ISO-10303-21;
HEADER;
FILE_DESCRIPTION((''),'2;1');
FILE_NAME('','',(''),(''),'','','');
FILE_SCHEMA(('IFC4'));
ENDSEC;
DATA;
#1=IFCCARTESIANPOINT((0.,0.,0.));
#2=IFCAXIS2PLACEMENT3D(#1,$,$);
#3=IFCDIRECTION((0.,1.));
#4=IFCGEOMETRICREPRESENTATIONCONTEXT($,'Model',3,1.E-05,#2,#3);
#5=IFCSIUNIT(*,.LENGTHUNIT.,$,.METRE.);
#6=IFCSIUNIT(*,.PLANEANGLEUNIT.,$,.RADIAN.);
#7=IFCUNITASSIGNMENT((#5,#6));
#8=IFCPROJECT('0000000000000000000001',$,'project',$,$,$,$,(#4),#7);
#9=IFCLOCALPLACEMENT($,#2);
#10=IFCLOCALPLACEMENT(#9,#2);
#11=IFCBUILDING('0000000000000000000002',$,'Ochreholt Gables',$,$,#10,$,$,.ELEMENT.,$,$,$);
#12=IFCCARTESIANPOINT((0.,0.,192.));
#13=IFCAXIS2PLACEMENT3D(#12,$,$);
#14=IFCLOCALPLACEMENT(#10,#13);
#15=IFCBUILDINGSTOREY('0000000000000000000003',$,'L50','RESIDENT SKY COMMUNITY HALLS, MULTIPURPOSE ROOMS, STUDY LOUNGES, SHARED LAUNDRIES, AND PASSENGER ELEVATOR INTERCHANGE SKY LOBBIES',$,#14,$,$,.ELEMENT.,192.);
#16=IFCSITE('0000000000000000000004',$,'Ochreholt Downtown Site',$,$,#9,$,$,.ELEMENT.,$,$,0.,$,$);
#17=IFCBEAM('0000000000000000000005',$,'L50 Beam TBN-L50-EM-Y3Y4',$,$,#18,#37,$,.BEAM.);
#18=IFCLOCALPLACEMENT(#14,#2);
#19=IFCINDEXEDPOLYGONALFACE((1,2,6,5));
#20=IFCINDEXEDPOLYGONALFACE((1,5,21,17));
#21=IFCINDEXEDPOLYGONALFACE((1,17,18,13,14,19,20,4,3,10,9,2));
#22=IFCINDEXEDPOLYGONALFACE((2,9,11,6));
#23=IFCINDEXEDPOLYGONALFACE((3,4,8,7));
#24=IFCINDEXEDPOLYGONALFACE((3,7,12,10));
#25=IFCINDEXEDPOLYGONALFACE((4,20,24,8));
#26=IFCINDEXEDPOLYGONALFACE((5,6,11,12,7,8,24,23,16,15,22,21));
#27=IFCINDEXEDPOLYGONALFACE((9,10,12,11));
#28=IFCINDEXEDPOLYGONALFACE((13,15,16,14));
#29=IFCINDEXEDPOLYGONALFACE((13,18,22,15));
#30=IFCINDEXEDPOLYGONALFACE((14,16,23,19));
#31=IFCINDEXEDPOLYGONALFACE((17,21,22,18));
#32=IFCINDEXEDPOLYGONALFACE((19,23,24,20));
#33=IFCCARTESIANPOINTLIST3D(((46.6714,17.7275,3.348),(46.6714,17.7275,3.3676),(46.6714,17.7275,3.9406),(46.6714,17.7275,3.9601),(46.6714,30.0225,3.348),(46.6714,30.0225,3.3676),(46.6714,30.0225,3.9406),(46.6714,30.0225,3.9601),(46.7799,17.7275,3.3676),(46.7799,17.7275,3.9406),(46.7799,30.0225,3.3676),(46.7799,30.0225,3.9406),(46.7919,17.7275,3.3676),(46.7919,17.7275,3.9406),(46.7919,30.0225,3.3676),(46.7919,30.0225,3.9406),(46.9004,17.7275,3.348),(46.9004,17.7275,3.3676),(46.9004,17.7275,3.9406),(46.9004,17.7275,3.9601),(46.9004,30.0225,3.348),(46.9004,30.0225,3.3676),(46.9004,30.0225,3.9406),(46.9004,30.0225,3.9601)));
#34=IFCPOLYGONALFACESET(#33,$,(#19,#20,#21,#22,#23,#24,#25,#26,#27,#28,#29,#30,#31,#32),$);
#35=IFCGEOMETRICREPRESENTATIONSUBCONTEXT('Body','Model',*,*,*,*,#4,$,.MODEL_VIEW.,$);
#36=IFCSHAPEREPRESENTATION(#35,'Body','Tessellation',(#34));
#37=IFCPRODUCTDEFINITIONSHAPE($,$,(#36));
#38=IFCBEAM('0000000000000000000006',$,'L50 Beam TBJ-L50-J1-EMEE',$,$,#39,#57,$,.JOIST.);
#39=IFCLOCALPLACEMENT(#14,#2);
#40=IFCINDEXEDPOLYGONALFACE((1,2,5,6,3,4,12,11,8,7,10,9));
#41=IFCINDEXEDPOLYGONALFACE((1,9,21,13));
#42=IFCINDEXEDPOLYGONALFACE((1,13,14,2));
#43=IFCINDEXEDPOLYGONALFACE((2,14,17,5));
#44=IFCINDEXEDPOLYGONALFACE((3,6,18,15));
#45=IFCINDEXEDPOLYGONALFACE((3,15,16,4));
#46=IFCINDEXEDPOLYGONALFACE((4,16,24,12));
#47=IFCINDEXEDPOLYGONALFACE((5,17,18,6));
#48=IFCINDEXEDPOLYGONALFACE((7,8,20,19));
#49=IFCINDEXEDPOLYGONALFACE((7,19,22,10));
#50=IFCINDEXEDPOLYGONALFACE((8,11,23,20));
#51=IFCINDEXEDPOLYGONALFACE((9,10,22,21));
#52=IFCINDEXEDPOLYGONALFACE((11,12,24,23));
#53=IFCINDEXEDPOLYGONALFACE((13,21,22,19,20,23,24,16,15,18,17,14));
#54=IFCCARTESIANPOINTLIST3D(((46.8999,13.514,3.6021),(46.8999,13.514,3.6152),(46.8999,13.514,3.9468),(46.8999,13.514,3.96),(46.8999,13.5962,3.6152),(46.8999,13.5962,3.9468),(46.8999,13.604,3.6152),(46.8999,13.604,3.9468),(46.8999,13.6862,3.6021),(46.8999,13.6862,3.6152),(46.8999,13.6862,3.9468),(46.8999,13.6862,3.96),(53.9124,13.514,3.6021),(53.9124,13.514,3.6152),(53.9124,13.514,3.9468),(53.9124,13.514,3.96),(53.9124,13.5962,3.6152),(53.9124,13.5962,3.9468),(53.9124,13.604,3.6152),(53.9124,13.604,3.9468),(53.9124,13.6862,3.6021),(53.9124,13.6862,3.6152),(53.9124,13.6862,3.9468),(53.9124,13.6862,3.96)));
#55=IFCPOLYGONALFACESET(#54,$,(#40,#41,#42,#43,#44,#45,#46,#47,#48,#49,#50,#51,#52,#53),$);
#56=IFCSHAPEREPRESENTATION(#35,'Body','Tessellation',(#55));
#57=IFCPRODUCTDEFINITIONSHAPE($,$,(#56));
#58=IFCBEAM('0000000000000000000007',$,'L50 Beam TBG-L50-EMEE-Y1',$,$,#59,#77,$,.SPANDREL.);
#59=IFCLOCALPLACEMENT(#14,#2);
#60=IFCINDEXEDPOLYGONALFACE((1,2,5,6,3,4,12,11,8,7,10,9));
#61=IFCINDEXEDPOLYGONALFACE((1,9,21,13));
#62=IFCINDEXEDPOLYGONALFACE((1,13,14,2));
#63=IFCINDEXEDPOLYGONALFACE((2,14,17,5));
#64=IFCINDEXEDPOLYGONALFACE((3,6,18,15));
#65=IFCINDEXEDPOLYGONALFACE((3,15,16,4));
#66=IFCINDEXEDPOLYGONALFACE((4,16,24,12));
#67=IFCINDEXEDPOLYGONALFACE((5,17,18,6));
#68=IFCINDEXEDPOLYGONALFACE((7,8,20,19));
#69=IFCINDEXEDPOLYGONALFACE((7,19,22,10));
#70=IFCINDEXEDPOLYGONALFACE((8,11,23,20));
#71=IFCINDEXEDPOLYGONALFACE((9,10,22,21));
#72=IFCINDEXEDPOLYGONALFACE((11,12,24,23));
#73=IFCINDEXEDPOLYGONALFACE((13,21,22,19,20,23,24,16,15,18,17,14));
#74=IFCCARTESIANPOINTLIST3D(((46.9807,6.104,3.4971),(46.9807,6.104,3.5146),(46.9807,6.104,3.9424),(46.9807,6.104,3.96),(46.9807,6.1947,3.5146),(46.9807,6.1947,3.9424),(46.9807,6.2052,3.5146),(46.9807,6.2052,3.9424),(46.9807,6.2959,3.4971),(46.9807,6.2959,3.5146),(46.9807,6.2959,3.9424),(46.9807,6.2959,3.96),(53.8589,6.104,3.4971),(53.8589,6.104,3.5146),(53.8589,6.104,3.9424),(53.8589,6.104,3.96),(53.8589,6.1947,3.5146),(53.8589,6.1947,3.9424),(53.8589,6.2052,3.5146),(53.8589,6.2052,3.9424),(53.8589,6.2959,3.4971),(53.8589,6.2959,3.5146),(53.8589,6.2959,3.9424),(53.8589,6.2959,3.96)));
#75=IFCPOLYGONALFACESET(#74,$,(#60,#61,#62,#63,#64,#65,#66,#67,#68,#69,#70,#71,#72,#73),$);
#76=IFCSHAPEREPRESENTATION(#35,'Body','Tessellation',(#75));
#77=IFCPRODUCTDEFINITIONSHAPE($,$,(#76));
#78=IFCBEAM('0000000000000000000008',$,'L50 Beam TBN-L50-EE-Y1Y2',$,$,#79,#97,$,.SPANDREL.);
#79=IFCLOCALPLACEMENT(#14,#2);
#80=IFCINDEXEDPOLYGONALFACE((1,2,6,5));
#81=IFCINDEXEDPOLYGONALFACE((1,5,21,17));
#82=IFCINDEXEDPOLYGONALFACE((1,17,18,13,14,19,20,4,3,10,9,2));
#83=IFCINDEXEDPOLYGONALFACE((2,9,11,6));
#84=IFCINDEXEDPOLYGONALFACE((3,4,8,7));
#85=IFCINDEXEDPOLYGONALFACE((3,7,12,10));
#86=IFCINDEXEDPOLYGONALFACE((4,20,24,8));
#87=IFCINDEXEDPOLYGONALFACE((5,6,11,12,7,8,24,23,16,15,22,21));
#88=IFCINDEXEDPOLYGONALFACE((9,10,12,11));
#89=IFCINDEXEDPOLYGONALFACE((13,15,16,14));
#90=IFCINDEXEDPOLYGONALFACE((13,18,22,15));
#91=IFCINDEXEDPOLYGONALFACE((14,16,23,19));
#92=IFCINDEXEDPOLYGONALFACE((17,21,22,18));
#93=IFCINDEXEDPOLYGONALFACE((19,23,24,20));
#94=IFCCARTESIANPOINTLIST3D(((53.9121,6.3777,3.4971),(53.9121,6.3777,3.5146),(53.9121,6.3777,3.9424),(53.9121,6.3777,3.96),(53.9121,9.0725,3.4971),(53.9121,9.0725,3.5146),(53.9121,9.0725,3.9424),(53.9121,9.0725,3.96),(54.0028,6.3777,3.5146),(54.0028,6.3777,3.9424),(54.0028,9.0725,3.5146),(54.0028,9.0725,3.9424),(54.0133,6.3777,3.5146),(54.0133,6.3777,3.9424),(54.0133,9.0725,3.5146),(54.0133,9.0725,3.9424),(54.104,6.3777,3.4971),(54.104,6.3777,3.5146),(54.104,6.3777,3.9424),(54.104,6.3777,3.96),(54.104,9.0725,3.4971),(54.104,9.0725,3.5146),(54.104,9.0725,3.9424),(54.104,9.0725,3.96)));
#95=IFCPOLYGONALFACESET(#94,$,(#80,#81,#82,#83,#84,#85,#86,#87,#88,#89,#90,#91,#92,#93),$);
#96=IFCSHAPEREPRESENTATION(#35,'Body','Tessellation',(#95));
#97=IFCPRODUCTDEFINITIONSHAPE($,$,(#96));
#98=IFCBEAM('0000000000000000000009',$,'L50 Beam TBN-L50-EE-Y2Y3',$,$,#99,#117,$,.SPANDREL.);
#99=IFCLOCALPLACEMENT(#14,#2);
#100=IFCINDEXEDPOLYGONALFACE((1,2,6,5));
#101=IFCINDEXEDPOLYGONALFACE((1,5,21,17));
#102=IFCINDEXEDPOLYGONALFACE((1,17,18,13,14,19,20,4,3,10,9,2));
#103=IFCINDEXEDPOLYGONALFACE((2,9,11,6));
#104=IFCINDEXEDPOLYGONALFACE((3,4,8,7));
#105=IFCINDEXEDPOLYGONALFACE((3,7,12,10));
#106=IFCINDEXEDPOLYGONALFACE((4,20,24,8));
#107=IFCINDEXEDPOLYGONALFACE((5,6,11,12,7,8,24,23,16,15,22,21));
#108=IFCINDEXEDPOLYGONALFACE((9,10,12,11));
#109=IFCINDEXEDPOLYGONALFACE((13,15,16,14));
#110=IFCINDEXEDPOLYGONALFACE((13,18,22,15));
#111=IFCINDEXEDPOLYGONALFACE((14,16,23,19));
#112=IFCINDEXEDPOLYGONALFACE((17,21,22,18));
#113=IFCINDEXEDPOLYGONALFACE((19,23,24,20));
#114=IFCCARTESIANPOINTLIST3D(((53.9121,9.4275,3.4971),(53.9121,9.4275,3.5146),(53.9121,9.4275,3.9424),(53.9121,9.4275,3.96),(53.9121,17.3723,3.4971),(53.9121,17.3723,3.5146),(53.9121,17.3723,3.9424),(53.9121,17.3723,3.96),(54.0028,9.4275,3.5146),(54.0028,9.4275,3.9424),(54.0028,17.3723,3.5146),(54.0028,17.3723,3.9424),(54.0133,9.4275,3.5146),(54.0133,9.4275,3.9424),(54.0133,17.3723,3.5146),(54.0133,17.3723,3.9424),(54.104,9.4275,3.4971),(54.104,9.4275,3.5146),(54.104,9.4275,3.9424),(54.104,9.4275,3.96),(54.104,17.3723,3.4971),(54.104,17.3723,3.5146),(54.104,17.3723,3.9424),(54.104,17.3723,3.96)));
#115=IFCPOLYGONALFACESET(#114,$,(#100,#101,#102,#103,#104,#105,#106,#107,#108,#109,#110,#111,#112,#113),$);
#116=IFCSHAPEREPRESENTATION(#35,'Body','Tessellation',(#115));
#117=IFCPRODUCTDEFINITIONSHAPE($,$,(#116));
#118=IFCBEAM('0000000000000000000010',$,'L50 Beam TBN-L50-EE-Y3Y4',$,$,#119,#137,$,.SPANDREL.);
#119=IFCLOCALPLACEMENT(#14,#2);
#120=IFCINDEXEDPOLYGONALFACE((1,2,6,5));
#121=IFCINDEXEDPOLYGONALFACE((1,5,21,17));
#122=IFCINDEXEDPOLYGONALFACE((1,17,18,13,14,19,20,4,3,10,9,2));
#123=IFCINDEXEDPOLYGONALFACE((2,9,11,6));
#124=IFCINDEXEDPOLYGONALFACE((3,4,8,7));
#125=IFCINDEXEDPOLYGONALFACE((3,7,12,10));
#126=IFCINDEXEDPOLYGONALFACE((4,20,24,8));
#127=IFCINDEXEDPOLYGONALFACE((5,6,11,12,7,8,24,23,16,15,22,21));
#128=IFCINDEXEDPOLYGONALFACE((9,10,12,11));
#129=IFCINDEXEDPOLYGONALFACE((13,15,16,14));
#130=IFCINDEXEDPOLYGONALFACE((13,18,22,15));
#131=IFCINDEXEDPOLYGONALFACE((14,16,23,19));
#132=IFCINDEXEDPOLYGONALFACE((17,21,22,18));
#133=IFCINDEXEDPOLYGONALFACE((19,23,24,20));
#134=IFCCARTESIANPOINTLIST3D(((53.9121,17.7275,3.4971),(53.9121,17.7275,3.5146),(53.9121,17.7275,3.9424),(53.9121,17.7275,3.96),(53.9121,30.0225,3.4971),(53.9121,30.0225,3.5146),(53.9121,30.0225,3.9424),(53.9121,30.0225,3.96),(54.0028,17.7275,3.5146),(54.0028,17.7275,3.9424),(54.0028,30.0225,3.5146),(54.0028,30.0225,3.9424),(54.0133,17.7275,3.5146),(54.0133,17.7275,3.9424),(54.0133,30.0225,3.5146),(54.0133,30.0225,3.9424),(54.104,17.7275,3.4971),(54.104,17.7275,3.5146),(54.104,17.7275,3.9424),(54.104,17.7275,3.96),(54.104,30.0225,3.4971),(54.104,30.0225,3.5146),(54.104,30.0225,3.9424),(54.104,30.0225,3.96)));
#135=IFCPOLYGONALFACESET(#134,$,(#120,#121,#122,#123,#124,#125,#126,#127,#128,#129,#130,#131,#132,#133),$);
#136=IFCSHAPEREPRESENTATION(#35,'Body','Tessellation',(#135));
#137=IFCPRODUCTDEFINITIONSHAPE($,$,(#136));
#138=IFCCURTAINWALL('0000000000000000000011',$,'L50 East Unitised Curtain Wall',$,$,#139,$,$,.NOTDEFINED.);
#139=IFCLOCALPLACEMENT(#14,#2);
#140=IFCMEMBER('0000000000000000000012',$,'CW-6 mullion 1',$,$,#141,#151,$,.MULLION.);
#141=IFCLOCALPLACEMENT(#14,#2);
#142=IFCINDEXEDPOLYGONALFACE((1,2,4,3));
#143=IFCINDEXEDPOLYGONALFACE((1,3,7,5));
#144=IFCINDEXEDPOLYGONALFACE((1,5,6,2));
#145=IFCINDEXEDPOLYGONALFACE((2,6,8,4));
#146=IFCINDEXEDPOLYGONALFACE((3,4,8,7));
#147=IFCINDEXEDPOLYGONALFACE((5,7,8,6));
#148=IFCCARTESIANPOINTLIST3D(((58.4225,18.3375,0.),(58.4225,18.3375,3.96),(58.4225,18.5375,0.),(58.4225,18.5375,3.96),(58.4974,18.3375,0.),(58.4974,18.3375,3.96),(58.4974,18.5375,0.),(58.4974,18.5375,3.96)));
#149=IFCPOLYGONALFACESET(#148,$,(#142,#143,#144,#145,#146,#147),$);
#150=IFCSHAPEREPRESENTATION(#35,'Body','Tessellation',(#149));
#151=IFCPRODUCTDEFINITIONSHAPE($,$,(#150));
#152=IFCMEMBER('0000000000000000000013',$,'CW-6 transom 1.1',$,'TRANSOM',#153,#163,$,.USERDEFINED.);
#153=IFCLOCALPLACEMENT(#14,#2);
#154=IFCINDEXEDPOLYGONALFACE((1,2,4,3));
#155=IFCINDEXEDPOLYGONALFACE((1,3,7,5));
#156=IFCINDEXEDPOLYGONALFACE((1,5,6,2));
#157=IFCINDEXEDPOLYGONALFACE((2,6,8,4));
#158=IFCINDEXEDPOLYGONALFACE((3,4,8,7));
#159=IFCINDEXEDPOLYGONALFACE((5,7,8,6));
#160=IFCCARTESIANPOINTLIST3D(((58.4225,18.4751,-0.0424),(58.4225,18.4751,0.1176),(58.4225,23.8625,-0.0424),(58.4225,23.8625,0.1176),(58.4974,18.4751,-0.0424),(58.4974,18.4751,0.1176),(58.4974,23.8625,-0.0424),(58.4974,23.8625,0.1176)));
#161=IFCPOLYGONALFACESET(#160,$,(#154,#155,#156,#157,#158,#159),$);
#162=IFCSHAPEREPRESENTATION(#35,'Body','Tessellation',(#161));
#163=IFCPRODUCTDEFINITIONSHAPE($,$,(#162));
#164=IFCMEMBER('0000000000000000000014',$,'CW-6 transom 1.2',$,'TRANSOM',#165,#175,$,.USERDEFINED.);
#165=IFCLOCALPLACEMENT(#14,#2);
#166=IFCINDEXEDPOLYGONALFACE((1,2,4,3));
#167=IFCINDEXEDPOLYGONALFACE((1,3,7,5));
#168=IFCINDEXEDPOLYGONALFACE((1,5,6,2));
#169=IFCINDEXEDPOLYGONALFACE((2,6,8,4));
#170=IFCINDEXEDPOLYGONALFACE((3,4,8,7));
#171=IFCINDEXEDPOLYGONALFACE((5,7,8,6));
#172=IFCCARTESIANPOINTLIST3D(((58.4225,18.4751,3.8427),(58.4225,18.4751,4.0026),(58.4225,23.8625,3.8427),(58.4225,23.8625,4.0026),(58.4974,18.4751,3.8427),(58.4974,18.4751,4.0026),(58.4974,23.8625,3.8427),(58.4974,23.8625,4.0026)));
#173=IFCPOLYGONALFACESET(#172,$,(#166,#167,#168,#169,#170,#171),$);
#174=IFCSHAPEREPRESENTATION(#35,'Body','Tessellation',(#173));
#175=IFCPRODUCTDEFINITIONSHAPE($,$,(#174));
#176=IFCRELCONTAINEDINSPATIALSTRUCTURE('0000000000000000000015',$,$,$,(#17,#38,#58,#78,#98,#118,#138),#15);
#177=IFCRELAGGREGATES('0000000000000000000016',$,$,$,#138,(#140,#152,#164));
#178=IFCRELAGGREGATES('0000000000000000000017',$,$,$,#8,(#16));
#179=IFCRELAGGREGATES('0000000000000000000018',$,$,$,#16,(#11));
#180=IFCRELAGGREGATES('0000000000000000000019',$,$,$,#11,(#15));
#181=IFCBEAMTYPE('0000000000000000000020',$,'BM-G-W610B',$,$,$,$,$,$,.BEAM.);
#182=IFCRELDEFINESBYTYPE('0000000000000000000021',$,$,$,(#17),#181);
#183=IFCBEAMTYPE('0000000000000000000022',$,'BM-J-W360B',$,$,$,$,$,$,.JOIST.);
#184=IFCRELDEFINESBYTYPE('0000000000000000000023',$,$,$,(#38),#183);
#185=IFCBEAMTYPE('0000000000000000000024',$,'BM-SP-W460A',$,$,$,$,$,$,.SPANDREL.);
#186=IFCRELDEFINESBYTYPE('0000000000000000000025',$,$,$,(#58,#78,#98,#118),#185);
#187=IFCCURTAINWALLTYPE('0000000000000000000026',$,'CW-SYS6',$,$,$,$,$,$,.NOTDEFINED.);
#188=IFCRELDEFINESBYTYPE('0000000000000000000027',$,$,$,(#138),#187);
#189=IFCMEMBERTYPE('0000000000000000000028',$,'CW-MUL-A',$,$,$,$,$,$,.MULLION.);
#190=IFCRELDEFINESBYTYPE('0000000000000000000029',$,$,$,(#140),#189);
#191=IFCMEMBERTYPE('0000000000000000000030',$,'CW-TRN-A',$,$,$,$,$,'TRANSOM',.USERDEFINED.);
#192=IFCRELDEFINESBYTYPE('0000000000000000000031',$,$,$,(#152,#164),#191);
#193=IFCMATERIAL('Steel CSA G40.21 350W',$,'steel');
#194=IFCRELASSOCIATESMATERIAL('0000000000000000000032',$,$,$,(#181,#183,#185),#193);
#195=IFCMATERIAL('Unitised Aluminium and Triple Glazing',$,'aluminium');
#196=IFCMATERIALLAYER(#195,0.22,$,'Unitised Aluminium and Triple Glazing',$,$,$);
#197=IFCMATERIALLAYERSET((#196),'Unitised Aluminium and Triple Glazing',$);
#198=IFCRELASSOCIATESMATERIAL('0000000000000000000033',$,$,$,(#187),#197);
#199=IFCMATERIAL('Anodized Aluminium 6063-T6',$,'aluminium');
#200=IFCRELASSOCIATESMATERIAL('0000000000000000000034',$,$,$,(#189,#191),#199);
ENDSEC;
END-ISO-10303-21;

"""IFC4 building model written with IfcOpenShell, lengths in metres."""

from ifc_helpers import new_model, si_unit, direction, frame, origin, origin_2d, place, context, subcontext, project, spatial, rectangle, i_section, extrude, material, layer, layer_set, material_profile, profile_set, type_object, element, aggregate, save


model = new_model("IFC4")

# Units and contexts
model_context = context("Model", 3, precision=1e-05, world=origin(), true_north=direction((0.0, 1.0)))
body_context = subcontext(model_context, "Body", "Model", "MODEL_VIEW")
ifc_project = project(units=[si_unit("LENGTHUNIT", "METRE"), si_unit("PLANEANGLEUNIT", "RADIAN")], contexts=[model_context])

# Site, building, storey
site_placement = place(None, origin())
site = spatial("IfcSite", under=ifc_project, at=site_placement, Name="Ochreholt Downtown Site", CompositionType="ELEMENT", RefElevation=0.0)
building_placement = place(site_placement, origin())
building = spatial("IfcBuilding", under=site, at=building_placement, Name="Ochreholt Gables", CompositionType="ELEMENT")
storey_placement = place(building_placement, frame((0.0, 0.0, 192.0)))
storey = spatial("IfcBuildingStorey", under=building, at=storey_placement, Name="L50", Description="RESIDENT SKY COMMUNITY HALLS, MULTIPURPOSE ROOMS, STUDY LOUNGES, SHARED LAUNDRIES, AND PASSENGER ELEVATOR INTERCHANGE SKY LOBBIES", CompositionType="ELEMENT", Elevation=192.0)

# Shared definitions
ifc_material_1 = material(Name="Steel CSA G40.21 350W", Category="steel")

# Beams
ifc_material_profile_1 = material_profile(ifc_material_1, i_section(OverallWidth=0.229, OverallDepth=0.6121, WebThickness=0.012, FlangeThickness=0.0195, at=origin_2d()), Name="W610X125")
ifc_profile_set_1 = profile_set([ifc_material_profile_1], Name="Steel CSA G40.21 350W")
beam_type_1 = type_object("IfcBeamType", Name="BM-G-W610B", PredefinedType="BEAM", material=ifc_profile_set_1)
beam_1_placement = place(storey_placement, frame((46.7859, 17.7275, 3.6541), z_axis=(0.0, 1.0, 0.0), x_axis=(-1.0, 0.0, 0.0)))
element("IfcBeam", 1, at=beam_1_placement, inside=storey, type_object=beam_type_1, Name="L50 Beam TBN-L50-EM-Y3Y4", PredefinedType="BEAM", context=body_context, shape_type="SweptSolid", body=[
    extrude(i_section(OverallWidth=0.229, OverallDepth=0.6121, WebThickness=0.012, FlangeThickness=0.0195, at=origin_2d()), origin(), (0.0, 0.0, 1.0), 12.2949),
])
ifc_material_profile_2 = material_profile(ifc_material_1, i_section(OverallWidth=0.1721, OverallDepth=0.3579, WebThickness=0.0078, FlangeThickness=0.0132, at=origin_2d()), Name="W360X57")
ifc_profile_set_2 = profile_set([ifc_material_profile_2], Name="Steel CSA G40.21 350W")
beam_type_2 = type_object("IfcBeamType", Name="BM-J-W360B", PredefinedType="JOIST", material=ifc_profile_set_2)
beam_2_placement = place(storey_placement, frame((46.8999, 13.6001, 3.781), z_axis=(1.0, 0.0, 0.0), x_axis=(0.0, 1.0, 0.0)))
element("IfcBeam", 2, at=beam_2_placement, inside=storey, type_object=beam_type_2, Name="L50 Beam TBJ-L50-J1-EMEE", PredefinedType="JOIST", context=body_context, shape_type="SweptSolid", body=[
    extrude(i_section(OverallWidth=0.1721, OverallDepth=0.3579, WebThickness=0.0078, FlangeThickness=0.0132, at=origin_2d()), origin(), (0.0, 0.0, 1.0), 7.0125),
])
ifc_material_profile_3 = material_profile(ifc_material_1, i_section(OverallWidth=0.1919, OverallDepth=0.4629, WebThickness=0.0105, FlangeThickness=0.0176, at=origin_2d()), Name="W460X89")
ifc_profile_set_3 = profile_set([ifc_material_profile_3], Name="Steel CSA G40.21 350W")
beam_type_3 = type_object("IfcBeamType", Name="BM-SP-W460A", PredefinedType="SPANDREL", material=ifc_profile_set_3)
beam_3_placement = place(storey_placement, frame((46.9807, 6.2, 3.7285), z_axis=(1.0, 0.0, 0.0), x_axis=(0.0, 1.0, 0.0)))
element("IfcBeam", 3, at=beam_3_placement, inside=storey, type_object=beam_type_3, Name="L50 Beam TBG-L50-EMEE-Y1", PredefinedType="SPANDREL", context=body_context, shape_type="SweptSolid", body=[
    extrude(i_section(OverallWidth=0.1919, OverallDepth=0.4629, WebThickness=0.0105, FlangeThickness=0.0176, at=origin_2d()), origin(), (0.0, 0.0, 1.0), 6.8782),
])
beam_4_placement = place(storey_placement, frame((54.0081, 6.3777, 3.7285), z_axis=(0.0, 1.0, 0.0), x_axis=(-1.0, 0.0, 0.0)))
element("IfcBeam", 4, at=beam_4_placement, inside=storey, type_object=beam_type_3, Name="L50 Beam TBN-L50-EE-Y1Y2", PredefinedType="SPANDREL", context=body_context, shape_type="SweptSolid", body=[
    extrude(i_section(OverallWidth=0.1919, OverallDepth=0.4629, WebThickness=0.0105, FlangeThickness=0.0176, at=origin_2d()), origin(), (0.0, 0.0, 1.0), 2.6948),
])
beam_5_placement = place(storey_placement, frame((54.0081, 9.4275, 3.7285), z_axis=(0.0, 1.0, 0.0), x_axis=(-1.0, 0.0, 0.0)))
element("IfcBeam", 5, at=beam_5_placement, inside=storey, type_object=beam_type_3, Name="L50 Beam TBN-L50-EE-Y2Y3", PredefinedType="SPANDREL", context=body_context, shape_type="SweptSolid", body=[
    extrude(i_section(OverallWidth=0.1919, OverallDepth=0.4629, WebThickness=0.0105, FlangeThickness=0.0176, at=origin_2d()), origin(), (0.0, 0.0, 1.0), 7.9448),
])
beam_6_placement = place(storey_placement, frame((54.0081, 17.7275, 3.7285), z_axis=(0.0, 1.0, 0.0), x_axis=(-1.0, 0.0, 0.0)))
element("IfcBeam", 6, at=beam_6_placement, inside=storey, type_object=beam_type_3, Name="L50 Beam TBN-L50-EE-Y3Y4", PredefinedType="SPANDREL", context=body_context, shape_type="SweptSolid", body=[
    extrude(i_section(OverallWidth=0.1919, OverallDepth=0.4629, WebThickness=0.0105, FlangeThickness=0.0176, at=origin_2d()), origin(), (0.0, 0.0, 1.0), 12.2949),
])

# Curtain wall, members
ifc_material_2 = material(Name="Unitised Aluminium and Triple Glazing", Category="aluminium")
ifc_layer_1 = layer(ifc_material_2, 0.22, Name="Unitised Aluminium and Triple Glazing")
ifc_layer_set_1 = layer_set([ifc_layer_1], Name="Unitised Aluminium and Triple Glazing")
curtain_wall_type = type_object("IfcCurtainWallType", Name="CW-SYS6", PredefinedType="NOTDEFINED", material=ifc_layer_set_1)
curtain_wall_placement = place(storey_placement, origin())
curtain_wall = element("IfcCurtainWall", 7, at=curtain_wall_placement, inside=storey, type_object=curtain_wall_type, Name="L50 East Unitised Curtain Wall", PredefinedType="NOTDEFINED")
ifc_material_3 = material(Name="Anodized Aluminium 6063-T6", Category="aluminium")
ifc_material_profile_4 = material_profile(ifc_material_3, rectangle(XDim=0.075, YDim=0.2, at=origin_2d()), Name="CWM75X200")
ifc_profile_set_4 = profile_set([ifc_material_profile_4], Name="Anodized Aluminium 6063-T6")
member_type_1 = type_object("IfcMemberType", Name="CW-MUL-A", PredefinedType="MULLION", material=ifc_profile_set_4)
member_1_placement = place(storey_placement, frame((58.46, 18.4375, 0.0), z_axis=(0.0, 0.0, 1.0), x_axis=(-1.0, 0.0, 0.0)))
member_1 = element("IfcMember", 8, at=member_1_placement, type_object=member_type_1, Name="CW-6 mullion 1", PredefinedType="MULLION", context=body_context, shape_type="SweptSolid", body=[
    extrude(rectangle(XDim=0.075, YDim=0.2, at=origin_2d()), origin(), (0.0, 0.0, 1.0), 3.96),
])
ifc_material_profile_5 = material_profile(ifc_material_3, rectangle(XDim=0.075, YDim=0.1599, at=origin_2d()), Name="CWT75X160")
ifc_profile_set_5 = profile_set([ifc_material_profile_5], Name="Anodized Aluminium 6063-T6")
member_type_2 = type_object("IfcMemberType", Name="CW-TRN-A", ElementType="TRANSOM", PredefinedType="USERDEFINED", material=ifc_profile_set_5)
member_2_placement = place(storey_placement, frame((58.46, 18.4751, 0.0376), z_axis=(0.0, 1.0, 0.0), x_axis=(-1.0, 0.0, 0.0)))
member_2 = element("IfcMember", 9, at=member_2_placement, type_object=member_type_2, Name="CW-6 transom 1.1", ObjectType="TRANSOM", PredefinedType="USERDEFINED", context=body_context, shape_type="SweptSolid", body=[
    extrude(rectangle(XDim=0.075, YDim=0.1599, at=origin_2d()), origin(), (0.0, 0.0, 1.0), 5.3875),
])
member_3_placement = place(storey_placement, frame((58.46, 18.4751, 3.9226), z_axis=(0.0, 1.0, 0.0), x_axis=(-1.0, 0.0, 0.0)))
member_3 = element("IfcMember", 10, at=member_3_placement, type_object=member_type_2, Name="CW-6 transom 1.2", ObjectType="TRANSOM", PredefinedType="USERDEFINED", context=body_context, shape_type="SweptSolid", body=[
    extrude(rectangle(XDim=0.075, YDim=0.1599, at=origin_2d()), origin(), (0.0, 0.0, 1.0), 5.3875),
])
aggregate(curtain_wall, [member_1, member_2, member_3])

save(model, "model.ifc")
